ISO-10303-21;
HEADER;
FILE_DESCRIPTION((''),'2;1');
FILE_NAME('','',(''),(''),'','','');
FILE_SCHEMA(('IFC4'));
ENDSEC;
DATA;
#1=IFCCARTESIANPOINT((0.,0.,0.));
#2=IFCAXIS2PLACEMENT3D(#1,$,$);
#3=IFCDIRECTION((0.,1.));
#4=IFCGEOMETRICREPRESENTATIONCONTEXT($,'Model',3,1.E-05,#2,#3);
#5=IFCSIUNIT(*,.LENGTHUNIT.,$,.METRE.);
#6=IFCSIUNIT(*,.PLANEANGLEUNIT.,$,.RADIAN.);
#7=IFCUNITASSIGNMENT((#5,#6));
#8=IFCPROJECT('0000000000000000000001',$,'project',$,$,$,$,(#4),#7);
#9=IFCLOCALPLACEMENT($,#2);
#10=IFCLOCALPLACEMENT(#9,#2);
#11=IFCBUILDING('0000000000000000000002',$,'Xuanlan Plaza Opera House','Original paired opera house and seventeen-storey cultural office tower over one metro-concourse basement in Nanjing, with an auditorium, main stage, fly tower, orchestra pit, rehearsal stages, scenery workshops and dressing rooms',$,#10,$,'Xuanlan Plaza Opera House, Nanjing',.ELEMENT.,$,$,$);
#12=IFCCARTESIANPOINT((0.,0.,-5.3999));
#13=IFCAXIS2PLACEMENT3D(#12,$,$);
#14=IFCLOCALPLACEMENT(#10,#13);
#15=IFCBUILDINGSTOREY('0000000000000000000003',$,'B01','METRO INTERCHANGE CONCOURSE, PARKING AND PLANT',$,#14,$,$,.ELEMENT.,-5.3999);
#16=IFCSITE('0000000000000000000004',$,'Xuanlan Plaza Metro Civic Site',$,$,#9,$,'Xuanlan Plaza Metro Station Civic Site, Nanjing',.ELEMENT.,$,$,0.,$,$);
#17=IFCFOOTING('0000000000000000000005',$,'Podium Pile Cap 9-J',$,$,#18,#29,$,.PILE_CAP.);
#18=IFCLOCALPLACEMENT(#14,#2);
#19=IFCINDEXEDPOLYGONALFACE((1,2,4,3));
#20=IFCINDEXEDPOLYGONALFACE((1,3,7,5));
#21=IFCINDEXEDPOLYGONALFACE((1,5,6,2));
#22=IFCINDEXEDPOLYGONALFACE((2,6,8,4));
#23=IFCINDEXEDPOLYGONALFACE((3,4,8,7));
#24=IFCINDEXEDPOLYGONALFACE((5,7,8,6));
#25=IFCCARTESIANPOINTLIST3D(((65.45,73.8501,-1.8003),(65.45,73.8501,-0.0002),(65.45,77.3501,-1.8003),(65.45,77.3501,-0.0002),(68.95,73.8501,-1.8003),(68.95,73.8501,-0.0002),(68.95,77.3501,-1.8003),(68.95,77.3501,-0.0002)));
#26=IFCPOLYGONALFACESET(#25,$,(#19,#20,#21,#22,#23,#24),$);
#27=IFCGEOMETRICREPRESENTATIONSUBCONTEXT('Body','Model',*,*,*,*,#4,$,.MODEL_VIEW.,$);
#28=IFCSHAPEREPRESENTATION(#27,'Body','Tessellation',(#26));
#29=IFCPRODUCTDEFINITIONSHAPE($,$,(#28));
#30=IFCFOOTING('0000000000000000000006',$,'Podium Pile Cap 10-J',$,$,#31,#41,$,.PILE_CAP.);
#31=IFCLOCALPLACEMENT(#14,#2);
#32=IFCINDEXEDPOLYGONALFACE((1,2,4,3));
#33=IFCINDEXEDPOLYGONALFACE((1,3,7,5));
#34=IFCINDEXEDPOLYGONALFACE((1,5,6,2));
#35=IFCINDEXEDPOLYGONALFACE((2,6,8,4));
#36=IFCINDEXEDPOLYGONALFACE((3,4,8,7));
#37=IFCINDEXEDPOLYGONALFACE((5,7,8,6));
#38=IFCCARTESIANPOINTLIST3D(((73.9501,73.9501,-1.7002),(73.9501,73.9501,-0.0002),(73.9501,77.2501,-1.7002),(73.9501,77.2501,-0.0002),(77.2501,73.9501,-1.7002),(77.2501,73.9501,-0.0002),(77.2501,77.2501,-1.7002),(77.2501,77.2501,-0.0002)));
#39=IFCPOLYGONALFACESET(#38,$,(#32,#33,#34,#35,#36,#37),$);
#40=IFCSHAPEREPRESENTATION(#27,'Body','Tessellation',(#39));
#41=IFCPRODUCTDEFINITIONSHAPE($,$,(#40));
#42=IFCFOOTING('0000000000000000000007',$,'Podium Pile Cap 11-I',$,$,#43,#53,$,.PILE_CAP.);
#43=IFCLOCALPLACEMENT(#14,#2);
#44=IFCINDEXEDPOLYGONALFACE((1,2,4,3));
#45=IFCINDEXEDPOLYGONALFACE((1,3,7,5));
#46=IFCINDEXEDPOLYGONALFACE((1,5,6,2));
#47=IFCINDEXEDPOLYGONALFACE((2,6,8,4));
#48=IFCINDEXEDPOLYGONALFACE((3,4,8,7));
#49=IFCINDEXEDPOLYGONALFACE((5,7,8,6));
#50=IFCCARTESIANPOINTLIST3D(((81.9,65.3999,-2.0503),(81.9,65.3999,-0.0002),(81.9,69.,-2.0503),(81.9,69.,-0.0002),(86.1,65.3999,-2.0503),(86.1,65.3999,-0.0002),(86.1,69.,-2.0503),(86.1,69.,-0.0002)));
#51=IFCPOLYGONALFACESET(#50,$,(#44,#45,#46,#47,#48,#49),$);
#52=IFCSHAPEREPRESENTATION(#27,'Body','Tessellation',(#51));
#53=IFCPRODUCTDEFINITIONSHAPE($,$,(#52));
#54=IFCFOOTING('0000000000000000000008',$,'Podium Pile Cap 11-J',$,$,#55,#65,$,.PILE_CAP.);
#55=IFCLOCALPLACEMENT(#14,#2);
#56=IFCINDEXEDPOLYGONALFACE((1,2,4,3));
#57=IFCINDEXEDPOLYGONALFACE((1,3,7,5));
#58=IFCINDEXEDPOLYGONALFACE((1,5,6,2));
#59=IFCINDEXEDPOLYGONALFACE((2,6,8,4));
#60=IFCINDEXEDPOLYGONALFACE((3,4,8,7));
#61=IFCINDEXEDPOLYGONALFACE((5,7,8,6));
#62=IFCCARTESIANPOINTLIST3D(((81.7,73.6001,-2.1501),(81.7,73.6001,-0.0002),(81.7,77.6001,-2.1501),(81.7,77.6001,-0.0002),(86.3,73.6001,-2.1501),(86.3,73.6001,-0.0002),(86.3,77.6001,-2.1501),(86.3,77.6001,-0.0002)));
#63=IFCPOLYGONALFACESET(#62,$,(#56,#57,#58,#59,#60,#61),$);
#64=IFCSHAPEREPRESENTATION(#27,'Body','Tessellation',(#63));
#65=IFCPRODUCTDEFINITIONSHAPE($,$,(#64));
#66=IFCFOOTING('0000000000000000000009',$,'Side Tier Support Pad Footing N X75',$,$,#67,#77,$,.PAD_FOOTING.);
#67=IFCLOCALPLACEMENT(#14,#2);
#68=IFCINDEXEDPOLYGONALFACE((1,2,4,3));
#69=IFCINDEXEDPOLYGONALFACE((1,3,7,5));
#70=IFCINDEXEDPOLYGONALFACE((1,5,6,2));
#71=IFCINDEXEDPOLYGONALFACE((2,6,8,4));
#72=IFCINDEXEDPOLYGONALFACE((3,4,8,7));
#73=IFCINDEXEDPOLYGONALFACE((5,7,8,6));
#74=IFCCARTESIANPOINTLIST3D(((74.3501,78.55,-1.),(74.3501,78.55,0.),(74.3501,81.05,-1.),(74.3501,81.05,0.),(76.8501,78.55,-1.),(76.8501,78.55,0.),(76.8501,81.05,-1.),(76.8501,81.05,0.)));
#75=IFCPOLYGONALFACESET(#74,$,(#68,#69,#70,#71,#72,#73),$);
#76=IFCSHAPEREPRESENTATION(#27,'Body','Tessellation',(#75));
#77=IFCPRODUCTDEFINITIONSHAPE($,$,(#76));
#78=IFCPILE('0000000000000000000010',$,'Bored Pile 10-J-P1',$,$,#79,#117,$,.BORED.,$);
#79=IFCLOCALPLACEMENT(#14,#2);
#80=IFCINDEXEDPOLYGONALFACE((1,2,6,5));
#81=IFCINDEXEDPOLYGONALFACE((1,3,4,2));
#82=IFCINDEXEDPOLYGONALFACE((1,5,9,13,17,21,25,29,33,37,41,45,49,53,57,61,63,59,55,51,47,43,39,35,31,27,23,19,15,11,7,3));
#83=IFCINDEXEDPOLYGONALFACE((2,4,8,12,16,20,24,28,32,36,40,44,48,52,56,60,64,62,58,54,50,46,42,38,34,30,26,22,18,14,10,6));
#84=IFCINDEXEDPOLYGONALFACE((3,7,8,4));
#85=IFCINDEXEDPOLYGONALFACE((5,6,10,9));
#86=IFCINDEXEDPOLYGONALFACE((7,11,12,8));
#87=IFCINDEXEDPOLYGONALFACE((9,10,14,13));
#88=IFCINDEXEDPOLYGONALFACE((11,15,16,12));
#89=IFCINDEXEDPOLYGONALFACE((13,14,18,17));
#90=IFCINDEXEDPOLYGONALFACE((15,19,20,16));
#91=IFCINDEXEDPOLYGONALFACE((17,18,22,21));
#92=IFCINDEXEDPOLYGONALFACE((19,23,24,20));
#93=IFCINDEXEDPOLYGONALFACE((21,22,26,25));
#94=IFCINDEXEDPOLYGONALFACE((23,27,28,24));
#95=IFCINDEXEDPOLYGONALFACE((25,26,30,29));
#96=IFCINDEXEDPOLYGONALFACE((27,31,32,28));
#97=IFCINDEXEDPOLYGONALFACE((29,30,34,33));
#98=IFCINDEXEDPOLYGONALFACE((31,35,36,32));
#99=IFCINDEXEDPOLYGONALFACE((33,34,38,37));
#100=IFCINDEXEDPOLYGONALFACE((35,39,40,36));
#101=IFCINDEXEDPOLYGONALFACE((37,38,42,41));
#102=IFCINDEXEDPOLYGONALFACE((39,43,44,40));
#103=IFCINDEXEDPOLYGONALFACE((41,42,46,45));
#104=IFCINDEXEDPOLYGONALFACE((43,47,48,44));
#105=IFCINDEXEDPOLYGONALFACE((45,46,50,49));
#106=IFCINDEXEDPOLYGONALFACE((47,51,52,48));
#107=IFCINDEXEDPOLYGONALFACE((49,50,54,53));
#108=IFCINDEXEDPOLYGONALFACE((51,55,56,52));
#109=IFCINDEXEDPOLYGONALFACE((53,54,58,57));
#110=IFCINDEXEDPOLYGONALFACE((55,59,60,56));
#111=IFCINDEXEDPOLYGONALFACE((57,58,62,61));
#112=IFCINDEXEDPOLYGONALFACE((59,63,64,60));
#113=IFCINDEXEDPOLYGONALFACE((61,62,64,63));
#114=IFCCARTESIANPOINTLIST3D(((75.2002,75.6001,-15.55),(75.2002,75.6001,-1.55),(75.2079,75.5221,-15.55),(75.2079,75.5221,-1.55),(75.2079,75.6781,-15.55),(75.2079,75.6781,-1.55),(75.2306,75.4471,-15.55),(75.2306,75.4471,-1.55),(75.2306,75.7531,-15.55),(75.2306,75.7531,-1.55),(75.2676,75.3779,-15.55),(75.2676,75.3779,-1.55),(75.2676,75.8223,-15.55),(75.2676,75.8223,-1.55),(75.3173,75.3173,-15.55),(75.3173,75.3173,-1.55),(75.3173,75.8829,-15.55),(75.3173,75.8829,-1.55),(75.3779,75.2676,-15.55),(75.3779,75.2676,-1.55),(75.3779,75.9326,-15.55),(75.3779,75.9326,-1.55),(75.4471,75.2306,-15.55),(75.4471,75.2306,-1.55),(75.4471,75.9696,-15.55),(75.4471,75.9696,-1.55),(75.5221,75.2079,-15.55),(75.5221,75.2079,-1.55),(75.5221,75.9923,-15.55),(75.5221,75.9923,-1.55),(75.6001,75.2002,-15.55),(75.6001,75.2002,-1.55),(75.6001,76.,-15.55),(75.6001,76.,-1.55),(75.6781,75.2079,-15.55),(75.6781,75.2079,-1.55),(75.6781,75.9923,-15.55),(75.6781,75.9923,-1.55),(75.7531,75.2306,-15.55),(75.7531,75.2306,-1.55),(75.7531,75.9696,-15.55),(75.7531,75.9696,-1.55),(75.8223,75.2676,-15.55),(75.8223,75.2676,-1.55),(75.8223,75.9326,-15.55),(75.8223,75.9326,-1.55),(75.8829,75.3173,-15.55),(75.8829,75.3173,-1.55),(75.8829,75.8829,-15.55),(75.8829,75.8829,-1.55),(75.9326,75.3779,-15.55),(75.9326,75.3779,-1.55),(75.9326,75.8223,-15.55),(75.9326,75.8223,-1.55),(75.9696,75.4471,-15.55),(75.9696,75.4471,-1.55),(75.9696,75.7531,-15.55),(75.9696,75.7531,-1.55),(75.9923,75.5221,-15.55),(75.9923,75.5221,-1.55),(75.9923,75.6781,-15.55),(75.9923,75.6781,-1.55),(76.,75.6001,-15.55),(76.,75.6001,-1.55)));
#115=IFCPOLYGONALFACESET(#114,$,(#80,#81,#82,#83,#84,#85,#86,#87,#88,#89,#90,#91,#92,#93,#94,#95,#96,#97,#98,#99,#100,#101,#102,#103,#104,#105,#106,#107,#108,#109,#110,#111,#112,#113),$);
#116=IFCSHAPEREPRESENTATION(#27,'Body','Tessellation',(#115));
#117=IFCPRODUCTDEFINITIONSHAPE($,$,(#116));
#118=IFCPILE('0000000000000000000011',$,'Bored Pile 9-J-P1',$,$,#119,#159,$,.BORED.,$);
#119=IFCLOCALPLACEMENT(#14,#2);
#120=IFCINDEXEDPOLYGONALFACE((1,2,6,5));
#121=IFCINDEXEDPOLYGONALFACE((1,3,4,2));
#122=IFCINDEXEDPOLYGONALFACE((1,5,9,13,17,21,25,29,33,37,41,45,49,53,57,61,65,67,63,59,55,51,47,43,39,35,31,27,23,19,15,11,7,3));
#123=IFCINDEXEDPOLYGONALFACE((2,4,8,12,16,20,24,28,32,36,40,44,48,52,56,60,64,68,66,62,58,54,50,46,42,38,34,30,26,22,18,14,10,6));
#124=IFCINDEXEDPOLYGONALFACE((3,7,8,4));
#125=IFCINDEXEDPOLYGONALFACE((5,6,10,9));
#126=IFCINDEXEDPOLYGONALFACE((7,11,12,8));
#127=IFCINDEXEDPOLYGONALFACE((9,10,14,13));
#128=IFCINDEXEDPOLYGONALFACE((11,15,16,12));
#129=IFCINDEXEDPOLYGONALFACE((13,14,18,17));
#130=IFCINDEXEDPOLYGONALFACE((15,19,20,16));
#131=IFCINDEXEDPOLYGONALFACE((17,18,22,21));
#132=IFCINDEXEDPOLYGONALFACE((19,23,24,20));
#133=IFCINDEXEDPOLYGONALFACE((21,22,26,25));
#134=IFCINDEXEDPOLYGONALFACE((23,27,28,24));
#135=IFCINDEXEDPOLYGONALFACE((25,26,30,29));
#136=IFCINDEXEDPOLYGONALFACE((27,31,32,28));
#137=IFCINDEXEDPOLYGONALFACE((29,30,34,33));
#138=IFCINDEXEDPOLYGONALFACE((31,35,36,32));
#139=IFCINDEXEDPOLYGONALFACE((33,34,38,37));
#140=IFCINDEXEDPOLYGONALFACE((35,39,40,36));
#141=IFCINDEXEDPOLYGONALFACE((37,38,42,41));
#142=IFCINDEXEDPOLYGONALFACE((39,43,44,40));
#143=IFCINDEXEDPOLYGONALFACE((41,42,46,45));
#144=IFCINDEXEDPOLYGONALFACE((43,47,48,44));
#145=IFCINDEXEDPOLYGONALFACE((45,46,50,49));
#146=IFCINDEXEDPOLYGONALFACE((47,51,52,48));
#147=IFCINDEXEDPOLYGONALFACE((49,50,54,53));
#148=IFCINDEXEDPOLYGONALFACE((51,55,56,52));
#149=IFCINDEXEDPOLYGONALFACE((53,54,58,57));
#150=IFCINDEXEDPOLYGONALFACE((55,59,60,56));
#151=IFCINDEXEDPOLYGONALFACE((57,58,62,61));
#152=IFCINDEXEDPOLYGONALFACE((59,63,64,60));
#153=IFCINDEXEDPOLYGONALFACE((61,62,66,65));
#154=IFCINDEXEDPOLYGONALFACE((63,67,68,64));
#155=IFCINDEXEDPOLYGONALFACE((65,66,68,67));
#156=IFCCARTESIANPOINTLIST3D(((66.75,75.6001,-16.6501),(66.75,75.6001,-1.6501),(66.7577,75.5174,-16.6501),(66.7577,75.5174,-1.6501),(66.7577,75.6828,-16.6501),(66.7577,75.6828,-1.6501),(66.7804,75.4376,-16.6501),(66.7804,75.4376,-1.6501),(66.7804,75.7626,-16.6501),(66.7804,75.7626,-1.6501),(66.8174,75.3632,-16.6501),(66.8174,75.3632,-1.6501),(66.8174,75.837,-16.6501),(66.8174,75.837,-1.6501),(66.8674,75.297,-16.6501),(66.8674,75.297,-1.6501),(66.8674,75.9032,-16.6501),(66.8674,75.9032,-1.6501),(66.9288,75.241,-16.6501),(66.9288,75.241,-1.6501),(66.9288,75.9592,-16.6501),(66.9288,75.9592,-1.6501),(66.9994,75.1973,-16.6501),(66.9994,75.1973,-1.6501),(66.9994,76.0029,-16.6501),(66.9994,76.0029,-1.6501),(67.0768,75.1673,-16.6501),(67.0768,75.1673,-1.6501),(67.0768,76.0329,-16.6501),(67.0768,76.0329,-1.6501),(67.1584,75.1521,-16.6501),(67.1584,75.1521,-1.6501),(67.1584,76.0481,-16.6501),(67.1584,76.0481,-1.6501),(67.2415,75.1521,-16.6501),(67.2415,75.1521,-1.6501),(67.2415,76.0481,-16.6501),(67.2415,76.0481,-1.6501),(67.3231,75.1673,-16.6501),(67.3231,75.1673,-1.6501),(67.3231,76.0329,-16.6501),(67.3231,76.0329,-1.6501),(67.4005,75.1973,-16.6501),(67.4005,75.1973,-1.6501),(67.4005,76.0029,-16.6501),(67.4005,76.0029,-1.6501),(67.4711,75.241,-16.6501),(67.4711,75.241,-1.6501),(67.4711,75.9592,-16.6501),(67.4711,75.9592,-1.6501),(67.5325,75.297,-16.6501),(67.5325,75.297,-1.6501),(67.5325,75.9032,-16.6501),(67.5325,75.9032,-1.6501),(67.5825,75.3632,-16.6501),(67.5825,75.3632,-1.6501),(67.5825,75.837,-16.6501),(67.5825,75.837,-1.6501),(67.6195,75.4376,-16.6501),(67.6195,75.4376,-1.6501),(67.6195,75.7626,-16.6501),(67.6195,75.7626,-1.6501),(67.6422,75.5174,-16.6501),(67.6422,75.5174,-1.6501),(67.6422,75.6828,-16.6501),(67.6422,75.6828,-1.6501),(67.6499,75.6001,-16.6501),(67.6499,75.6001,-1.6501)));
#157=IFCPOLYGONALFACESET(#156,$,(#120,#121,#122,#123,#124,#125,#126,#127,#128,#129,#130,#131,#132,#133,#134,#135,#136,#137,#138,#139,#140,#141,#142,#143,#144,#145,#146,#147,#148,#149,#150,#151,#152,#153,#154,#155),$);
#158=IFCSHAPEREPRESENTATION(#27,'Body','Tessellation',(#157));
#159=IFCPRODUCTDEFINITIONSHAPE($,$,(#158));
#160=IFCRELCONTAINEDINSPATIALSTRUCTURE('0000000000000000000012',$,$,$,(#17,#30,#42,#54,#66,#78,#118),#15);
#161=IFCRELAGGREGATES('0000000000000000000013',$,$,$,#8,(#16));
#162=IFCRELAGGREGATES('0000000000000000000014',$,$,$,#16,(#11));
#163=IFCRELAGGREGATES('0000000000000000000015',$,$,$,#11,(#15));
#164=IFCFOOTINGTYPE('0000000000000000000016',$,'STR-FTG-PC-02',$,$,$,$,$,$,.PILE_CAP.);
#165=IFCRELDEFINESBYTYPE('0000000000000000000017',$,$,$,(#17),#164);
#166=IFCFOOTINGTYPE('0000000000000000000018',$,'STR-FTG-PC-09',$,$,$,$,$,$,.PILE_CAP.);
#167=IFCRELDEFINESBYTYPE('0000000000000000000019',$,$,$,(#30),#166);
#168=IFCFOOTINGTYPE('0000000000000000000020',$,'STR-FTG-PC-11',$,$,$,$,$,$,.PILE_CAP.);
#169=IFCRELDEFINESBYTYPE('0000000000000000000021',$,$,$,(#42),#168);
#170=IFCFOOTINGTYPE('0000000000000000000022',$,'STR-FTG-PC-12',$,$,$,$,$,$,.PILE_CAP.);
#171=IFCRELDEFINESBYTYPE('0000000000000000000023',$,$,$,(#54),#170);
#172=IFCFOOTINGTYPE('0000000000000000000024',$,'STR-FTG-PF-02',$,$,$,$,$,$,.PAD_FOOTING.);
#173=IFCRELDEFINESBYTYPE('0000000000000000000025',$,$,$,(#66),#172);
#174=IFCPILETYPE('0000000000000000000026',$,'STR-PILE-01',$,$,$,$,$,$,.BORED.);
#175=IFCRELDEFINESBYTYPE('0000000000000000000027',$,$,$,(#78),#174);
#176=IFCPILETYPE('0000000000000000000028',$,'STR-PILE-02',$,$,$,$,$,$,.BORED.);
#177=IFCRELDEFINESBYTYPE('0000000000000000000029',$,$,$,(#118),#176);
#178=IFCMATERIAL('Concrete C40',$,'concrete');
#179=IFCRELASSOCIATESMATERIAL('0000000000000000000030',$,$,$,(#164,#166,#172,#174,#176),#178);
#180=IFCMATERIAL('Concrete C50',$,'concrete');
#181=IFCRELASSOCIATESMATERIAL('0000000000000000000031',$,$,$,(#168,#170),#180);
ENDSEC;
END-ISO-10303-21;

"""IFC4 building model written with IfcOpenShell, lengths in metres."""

from ifc_helpers import new_model, si_unit, direction, frame, origin, origin_2d, place, context, subcontext, project, spatial, rectangle, circle, extrude, material, material_profile, profile_set, type_object, element, save


model = new_model("IFC4")

# Units and contexts
model_context = context("Model", 3, precision=1e-05, world=origin(), true_north=direction((0.0, 1.0)))
body_context = subcontext(model_context, "Body", "Model", "MODEL_VIEW")
ifc_project = project(units=[si_unit("LENGTHUNIT", "METRE"), si_unit("PLANEANGLEUNIT", "RADIAN")], contexts=[model_context])

# Site, building, storey
site_placement = place(None, origin())
site = spatial("IfcSite", under=ifc_project, at=site_placement, Name="Xuanlan Plaza Metro Civic Site", LongName="Xuanlan Plaza Metro Station Civic Site, Nanjing", CompositionType="ELEMENT", RefElevation=0.0)
building_placement = place(site_placement, origin())
building = spatial("IfcBuilding", under=site, at=building_placement, Name="Xuanlan Plaza Opera House", Description="Original paired opera house and seventeen-storey cultural office tower over one metro-concourse basement in Nanjing, with an auditorium, main stage, fly tower, orchestra pit, rehearsal stages, scenery workshops and dressing rooms", LongName="Xuanlan Plaza Opera House, Nanjing", CompositionType="ELEMENT")
storey_placement = place(building_placement, frame((0.0, 0.0, -5.3999)))
storey = spatial("IfcBuildingStorey", under=building, at=storey_placement, Name="B01", Description="METRO INTERCHANGE CONCOURSE, PARKING AND PLANT", CompositionType="ELEMENT", Elevation=-5.3999)

# Footings
ifc_material_1 = material(Name="Concrete C40", Category="concrete")
footing_type_1 = type_object("IfcFootingType", Name="STR-FTG-PC-02", PredefinedType="PILE_CAP", material=ifc_material_1)
footing_1_placement = place(storey_placement, frame((67.2, 75.6001, -1.8003), z_axis=(0.0, 0.0, 1.0), x_axis=(1.0, 0.0, 0.0)))
element("IfcFooting", 1, at=footing_1_placement, inside=storey, type_object=footing_type_1, Name="Podium Pile Cap 9-J", PredefinedType="PILE_CAP", context=body_context, shape_type="SweptSolid", body=[
    extrude(rectangle(XDim=3.5, YDim=3.5, at=origin_2d()), origin(), (0.0, 0.0, 1.0), 1.8),
])
footing_type_2 = type_object("IfcFootingType", Name="STR-FTG-PC-09", PredefinedType="PILE_CAP", material=ifc_material_1)
footing_2_placement = place(storey_placement, frame((75.6001, 75.6001, -1.7002), z_axis=(0.0, 0.0, 1.0), x_axis=(1.0, 0.0, 0.0)))
element("IfcFooting", 2, at=footing_2_placement, inside=storey, type_object=footing_type_2, Name="Podium Pile Cap 10-J", PredefinedType="PILE_CAP", context=body_context, shape_type="SweptSolid", body=[
    extrude(rectangle(XDim=3.3, YDim=3.3, at=origin_2d()), origin(), (0.0, 0.0, 1.0), 1.7),
])
ifc_material_2 = material(Name="Concrete C50", Category="concrete")
footing_type_3 = type_object("IfcFootingType", Name="STR-FTG-PC-11", PredefinedType="PILE_CAP", material=ifc_material_2)
footing_3_placement = place(storey_placement, frame((84.0, 67.2, -2.0503), z_axis=(0.0, 0.0, 1.0), x_axis=(1.0, 0.0, 0.0)))
element("IfcFooting", 3, at=footing_3_placement, inside=storey, type_object=footing_type_3, Name="Podium Pile Cap 11-I", PredefinedType="PILE_CAP", context=body_context, shape_type="SweptSolid", body=[
    extrude(rectangle(XDim=4.2, YDim=3.6001, at=origin_2d()), origin(), (0.0, 0.0, 1.0), 2.05),
])
footing_type_4 = type_object("IfcFootingType", Name="STR-FTG-PC-12", PredefinedType="PILE_CAP", material=ifc_material_2)
footing_4_placement = place(storey_placement, frame((84.0, 75.6001, -2.1501), z_axis=(0.0, 0.0, 1.0), x_axis=(1.0, 0.0, 0.0)))
element("IfcFooting", 4, at=footing_4_placement, inside=storey, type_object=footing_type_4, Name="Podium Pile Cap 11-J", PredefinedType="PILE_CAP", context=body_context, shape_type="SweptSolid", body=[
    extrude(rectangle(XDim=4.6001, YDim=4.0, at=origin_2d()), origin(), (0.0, 0.0, 1.0), 2.1499),
])
footing_type_5 = type_object("IfcFootingType", Name="STR-FTG-PF-02", PredefinedType="PAD_FOOTING", material=ifc_material_1)
footing_5_placement = place(storey_placement, frame((75.6001, 79.8, -1.0), z_axis=(0.0, 0.0, 1.0), x_axis=(1.0, 0.0, 0.0)))
element("IfcFooting", 5, at=footing_5_placement, inside=storey, type_object=footing_type_5, Name="Side Tier Support Pad Footing N X75", PredefinedType="PAD_FOOTING", context=body_context, shape_type="SweptSolid", body=[
    extrude(rectangle(XDim=2.5, YDim=2.5, at=origin_2d()), origin(), (0.0, 0.0, 1.0), 1.0),
])

# Piles
ifc_material_profile_1 = material_profile(ifc_material_1, circle(Radius=0.3999, at=origin_2d()), Name="PILE D800")
ifc_profile_set_1 = profile_set([ifc_material_profile_1], Name="Concrete C40")
pile_type_1 = type_object("IfcPileType", Name="STR-PILE-01", PredefinedType="BORED", material=ifc_profile_set_1)
pile_1_placement = place(storey_placement, frame((75.6001, 75.6001, -1.55), z_axis=(0.0, 0.0, -1.0), x_axis=(1.0, 0.0, 0.0)))
element("IfcPile", 6, at=pile_1_placement, inside=storey, type_object=pile_type_1, Name="Bored Pile 10-J-P1", PredefinedType="BORED", context=body_context, shape_type="SweptSolid", body=[
    extrude(circle(Radius=0.3999, at=origin_2d()), origin(), (0.0, 0.0, 1.0), 14.0),
])
ifc_material_profile_2 = material_profile(ifc_material_1, circle(Radius=0.45, at=origin_2d()), Name="PILE D900")
ifc_profile_set_2 = profile_set([ifc_material_profile_2], Name="Concrete C40")
pile_type_2 = type_object("IfcPileType", Name="STR-PILE-02", PredefinedType="BORED", material=ifc_profile_set_2)
pile_2_placement = place(storey_placement, frame((67.2, 75.6001, -1.6501), z_axis=(0.0, 0.0, -1.0), x_axis=(1.0, 0.0, 0.0)))
element("IfcPile", 7, at=pile_2_placement, inside=storey, type_object=pile_type_2, Name="Bored Pile 9-J-P1", PredefinedType="BORED", context=body_context, shape_type="SweptSolid", body=[
    extrude(circle(Radius=0.45, at=origin_2d()), origin(), (0.0, 0.0, 1.0), 15.0),
])

save(model, "model.ifc")
